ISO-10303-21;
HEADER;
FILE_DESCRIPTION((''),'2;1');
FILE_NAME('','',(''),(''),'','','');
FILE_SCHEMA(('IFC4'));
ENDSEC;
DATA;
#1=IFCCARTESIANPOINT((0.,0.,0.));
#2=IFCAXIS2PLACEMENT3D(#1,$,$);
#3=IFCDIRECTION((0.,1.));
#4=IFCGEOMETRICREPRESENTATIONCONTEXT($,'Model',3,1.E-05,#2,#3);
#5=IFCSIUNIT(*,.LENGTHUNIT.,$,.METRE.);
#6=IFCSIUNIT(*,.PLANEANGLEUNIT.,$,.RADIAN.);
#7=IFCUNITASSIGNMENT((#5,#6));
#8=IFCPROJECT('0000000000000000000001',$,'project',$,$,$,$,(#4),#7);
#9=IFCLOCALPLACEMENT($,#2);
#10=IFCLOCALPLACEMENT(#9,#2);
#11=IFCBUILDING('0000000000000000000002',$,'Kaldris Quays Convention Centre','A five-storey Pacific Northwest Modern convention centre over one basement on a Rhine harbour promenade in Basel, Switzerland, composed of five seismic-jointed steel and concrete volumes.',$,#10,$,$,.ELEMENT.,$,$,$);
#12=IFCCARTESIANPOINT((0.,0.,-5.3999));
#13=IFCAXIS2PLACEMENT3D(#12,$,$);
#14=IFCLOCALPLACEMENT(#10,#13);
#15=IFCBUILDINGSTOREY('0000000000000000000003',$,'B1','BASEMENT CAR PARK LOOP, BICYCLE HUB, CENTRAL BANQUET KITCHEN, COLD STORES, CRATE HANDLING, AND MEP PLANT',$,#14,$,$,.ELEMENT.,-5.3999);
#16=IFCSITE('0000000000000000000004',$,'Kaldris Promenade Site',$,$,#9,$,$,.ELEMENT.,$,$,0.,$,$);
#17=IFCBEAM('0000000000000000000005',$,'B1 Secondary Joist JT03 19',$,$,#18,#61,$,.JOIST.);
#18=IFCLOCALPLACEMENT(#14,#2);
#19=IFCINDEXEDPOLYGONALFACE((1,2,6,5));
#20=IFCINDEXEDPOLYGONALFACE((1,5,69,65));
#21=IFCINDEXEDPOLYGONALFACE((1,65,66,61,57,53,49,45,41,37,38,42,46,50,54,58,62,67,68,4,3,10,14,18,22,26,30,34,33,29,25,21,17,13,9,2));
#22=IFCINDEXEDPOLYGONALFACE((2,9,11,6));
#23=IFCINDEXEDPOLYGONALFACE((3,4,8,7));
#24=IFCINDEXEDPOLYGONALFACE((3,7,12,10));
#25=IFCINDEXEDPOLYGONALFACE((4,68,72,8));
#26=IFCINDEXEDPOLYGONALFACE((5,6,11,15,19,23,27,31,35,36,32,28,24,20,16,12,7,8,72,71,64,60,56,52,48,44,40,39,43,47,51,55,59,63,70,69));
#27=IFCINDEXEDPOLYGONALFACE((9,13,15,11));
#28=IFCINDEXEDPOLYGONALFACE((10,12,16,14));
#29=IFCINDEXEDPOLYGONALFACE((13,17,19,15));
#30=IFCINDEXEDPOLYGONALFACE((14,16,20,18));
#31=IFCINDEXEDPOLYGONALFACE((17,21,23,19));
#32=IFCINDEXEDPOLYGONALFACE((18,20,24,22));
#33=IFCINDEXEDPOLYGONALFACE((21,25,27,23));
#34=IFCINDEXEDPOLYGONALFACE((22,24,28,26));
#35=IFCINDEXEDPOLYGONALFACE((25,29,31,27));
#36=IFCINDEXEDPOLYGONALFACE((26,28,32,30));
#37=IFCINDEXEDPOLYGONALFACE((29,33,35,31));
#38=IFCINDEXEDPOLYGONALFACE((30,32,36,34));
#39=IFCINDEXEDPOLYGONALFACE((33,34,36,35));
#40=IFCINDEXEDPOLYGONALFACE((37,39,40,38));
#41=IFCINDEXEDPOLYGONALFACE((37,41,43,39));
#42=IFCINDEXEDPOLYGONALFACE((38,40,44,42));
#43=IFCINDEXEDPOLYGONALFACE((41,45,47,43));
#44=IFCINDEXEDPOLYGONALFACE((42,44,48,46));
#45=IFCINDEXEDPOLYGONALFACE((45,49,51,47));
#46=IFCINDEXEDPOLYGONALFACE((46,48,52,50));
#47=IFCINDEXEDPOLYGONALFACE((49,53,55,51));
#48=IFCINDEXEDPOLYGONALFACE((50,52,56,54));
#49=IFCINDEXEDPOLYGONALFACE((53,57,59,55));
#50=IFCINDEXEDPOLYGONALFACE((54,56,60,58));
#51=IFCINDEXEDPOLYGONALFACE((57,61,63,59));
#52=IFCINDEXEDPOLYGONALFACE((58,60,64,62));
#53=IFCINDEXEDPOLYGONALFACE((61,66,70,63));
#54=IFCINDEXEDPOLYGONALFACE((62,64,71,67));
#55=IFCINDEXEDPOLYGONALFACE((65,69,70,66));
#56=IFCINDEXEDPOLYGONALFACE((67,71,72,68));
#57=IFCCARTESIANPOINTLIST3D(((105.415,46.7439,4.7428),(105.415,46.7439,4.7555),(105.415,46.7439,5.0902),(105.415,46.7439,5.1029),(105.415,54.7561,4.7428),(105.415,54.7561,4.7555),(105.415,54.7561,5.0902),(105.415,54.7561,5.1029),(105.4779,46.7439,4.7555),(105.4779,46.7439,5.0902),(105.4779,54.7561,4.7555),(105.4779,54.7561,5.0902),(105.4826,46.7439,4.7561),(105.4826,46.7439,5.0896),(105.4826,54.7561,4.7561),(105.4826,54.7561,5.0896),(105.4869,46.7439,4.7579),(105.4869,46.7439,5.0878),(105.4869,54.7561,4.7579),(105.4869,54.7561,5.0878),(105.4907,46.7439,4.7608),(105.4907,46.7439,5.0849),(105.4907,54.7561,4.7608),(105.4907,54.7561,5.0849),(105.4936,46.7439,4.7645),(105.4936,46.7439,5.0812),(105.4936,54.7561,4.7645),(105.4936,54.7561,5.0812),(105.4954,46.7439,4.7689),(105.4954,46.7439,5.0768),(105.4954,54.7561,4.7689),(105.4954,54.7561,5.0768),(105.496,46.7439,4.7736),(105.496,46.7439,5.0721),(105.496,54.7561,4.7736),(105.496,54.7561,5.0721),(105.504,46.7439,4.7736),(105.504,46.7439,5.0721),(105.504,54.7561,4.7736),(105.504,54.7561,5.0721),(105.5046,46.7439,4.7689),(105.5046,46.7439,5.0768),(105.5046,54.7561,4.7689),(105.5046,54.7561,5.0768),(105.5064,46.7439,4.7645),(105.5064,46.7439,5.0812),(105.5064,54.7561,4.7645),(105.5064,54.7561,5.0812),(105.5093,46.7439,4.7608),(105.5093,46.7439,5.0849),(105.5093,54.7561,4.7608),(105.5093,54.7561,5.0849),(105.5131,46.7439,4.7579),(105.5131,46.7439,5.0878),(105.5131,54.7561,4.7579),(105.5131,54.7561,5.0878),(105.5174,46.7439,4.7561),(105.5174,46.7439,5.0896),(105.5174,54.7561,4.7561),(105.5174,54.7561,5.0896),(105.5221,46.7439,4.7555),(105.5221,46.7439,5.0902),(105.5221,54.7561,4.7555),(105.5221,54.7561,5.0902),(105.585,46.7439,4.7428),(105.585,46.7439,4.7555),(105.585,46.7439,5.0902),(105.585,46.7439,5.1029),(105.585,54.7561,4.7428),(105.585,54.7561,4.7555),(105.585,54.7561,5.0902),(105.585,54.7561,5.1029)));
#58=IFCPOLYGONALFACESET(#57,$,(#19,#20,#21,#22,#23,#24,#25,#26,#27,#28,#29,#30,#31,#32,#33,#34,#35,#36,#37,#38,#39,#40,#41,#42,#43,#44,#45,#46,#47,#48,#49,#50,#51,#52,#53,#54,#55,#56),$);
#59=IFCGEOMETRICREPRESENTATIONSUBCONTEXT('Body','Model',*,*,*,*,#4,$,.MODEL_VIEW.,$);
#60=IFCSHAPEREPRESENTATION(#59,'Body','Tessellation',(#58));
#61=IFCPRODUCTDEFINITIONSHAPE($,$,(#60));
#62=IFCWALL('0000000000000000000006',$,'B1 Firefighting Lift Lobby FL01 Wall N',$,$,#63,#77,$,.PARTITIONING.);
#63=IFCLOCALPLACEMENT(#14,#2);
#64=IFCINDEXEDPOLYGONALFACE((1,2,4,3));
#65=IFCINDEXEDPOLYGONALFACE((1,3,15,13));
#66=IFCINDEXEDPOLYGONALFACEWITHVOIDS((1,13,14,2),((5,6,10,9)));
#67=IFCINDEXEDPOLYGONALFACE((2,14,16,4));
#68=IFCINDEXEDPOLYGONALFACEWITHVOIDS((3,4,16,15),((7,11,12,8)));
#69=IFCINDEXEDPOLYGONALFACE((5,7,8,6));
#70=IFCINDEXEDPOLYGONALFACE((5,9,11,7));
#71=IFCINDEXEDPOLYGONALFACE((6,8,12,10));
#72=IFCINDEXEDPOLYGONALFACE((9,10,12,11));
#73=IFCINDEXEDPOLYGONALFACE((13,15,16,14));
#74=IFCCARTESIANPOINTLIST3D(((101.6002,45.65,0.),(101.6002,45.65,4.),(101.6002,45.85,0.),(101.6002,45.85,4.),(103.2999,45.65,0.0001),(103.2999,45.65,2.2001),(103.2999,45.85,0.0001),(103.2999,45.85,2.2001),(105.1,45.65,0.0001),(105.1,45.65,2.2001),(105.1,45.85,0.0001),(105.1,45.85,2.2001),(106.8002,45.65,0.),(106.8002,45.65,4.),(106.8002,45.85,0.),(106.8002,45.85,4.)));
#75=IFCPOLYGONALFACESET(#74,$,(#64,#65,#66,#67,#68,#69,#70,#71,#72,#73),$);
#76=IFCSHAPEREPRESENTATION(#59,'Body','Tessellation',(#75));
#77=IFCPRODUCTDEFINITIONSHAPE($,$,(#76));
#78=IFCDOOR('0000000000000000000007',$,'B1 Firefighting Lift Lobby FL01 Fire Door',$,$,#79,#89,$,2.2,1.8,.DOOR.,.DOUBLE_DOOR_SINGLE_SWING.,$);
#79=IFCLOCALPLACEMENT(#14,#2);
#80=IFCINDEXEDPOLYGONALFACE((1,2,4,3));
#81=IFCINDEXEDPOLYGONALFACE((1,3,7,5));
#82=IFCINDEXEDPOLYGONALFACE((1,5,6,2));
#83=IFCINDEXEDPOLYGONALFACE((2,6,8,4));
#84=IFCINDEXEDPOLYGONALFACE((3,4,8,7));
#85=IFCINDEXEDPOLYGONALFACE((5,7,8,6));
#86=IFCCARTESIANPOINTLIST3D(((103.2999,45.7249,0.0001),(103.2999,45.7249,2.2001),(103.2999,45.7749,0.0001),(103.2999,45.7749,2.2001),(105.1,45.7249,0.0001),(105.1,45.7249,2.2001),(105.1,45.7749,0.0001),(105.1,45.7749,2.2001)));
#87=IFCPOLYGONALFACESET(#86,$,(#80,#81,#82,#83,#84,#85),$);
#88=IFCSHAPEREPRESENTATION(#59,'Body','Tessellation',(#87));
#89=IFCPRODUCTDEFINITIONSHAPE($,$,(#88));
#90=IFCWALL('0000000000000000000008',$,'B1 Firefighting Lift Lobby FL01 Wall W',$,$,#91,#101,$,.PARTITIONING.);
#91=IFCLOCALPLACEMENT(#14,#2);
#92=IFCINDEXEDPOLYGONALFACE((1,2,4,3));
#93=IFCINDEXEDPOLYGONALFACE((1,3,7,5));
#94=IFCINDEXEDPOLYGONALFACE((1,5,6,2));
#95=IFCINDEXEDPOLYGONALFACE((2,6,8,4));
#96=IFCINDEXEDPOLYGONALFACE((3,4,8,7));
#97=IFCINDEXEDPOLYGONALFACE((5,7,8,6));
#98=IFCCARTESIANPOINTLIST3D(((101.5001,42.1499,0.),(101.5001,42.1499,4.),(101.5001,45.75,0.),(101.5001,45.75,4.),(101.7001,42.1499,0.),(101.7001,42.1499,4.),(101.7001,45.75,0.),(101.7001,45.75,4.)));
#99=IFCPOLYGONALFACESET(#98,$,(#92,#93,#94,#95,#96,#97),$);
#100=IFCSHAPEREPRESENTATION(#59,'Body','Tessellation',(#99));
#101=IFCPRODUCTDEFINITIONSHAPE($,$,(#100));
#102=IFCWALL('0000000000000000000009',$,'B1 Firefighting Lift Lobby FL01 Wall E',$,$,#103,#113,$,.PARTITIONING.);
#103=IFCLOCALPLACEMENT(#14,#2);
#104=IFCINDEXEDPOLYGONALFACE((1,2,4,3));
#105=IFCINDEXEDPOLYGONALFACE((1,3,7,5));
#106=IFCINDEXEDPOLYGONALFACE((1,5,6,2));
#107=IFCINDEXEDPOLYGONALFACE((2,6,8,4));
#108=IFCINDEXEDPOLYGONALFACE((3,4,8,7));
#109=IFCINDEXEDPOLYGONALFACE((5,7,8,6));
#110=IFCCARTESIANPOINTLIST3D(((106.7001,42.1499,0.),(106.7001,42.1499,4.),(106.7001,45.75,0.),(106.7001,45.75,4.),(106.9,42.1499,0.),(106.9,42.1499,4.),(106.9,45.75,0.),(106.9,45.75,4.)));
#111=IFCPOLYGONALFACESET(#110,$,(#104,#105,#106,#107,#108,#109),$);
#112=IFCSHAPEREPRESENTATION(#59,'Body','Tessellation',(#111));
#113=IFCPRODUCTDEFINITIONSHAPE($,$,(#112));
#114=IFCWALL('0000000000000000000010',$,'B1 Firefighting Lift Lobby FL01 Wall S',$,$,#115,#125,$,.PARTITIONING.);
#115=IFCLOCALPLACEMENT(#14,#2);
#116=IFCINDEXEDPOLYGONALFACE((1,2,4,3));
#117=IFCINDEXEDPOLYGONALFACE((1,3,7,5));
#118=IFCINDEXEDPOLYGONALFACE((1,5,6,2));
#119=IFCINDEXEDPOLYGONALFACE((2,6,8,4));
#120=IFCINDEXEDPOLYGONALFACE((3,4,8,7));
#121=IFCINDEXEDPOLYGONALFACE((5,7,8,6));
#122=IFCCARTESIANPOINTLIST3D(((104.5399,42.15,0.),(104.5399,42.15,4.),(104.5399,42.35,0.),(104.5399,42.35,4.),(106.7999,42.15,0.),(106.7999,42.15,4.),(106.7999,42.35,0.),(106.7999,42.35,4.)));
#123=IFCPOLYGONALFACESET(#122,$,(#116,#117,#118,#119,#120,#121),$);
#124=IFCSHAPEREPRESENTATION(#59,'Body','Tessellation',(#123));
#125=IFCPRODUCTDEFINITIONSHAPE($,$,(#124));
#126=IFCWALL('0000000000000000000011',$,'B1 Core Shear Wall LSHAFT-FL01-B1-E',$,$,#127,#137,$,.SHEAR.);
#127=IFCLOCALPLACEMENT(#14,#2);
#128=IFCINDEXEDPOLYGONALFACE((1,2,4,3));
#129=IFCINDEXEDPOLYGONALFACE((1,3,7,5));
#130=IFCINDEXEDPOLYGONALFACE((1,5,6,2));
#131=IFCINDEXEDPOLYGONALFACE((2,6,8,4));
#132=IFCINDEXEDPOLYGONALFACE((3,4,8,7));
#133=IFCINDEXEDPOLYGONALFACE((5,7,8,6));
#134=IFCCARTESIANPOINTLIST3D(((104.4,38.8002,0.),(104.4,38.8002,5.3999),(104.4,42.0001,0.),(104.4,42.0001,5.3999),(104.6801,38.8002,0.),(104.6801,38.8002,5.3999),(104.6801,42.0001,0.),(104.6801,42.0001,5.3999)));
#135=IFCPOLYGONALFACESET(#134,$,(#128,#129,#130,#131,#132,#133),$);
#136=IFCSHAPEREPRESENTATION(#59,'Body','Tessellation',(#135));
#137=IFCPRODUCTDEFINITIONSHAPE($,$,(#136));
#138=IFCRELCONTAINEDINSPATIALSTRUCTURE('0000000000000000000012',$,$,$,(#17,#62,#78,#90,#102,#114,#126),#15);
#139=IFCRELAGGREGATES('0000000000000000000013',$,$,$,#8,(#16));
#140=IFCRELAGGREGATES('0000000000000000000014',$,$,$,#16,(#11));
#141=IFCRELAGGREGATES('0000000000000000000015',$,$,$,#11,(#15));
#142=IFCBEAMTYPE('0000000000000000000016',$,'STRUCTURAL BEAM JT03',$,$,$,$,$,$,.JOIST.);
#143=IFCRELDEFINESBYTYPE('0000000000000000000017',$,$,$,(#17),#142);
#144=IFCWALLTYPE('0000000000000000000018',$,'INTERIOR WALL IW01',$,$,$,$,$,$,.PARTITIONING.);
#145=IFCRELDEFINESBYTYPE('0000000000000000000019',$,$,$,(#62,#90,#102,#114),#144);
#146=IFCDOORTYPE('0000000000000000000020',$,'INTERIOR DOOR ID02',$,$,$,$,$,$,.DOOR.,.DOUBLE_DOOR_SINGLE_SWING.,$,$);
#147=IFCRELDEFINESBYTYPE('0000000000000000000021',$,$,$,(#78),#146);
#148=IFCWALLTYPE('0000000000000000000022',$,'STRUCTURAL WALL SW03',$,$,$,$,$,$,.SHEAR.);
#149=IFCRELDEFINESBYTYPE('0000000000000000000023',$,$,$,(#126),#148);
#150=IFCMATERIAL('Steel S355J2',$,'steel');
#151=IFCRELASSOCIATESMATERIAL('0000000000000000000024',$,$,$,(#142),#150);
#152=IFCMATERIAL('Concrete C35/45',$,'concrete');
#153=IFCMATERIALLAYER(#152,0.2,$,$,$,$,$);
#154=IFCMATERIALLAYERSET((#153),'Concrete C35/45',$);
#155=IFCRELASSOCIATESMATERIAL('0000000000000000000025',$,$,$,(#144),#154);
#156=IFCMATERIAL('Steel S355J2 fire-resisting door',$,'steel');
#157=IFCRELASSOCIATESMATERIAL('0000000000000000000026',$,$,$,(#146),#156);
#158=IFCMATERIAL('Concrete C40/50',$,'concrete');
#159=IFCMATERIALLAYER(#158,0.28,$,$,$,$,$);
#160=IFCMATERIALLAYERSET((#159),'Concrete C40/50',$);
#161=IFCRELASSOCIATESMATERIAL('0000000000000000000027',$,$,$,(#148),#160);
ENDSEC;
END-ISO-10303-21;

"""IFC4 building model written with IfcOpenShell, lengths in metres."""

from ifc_helpers import new_model, si_unit, direction, frame, frame_2d, origin, origin_2d, place, context, subcontext, project, spatial, rectangle, i_section, extrude, material, layer, layer_set, material_profile, profile_set, type_object, element, fill, save


model = new_model("IFC4")

# Units and contexts
model_context = context("Model", 3, precision=1e-05, world=origin(), true_north=direction((0.0, 1.0)))
body_context = subcontext(model_context, "Body", "Model", "MODEL_VIEW")
ifc_project = project(units=[si_unit("LENGTHUNIT", "METRE"), si_unit("PLANEANGLEUNIT", "RADIAN")], contexts=[model_context])

# Site, building, storey
site_placement = place(None, origin())
site = spatial("IfcSite", under=ifc_project, at=site_placement, Name="Kaldris Promenade Site", CompositionType="ELEMENT", RefElevation=0.0)
building_placement = place(site_placement, origin())
building = spatial("IfcBuilding", under=site, at=building_placement, Name="Kaldris Quays Convention Centre", Description="A five-storey Pacific Northwest Modern convention centre over one basement on a Rhine harbour promenade in Basel, Switzerland, composed of five seismic-jointed steel and concrete volumes.", CompositionType="ELEMENT")
storey_placement = place(building_placement, frame((0.0, 0.0, -5.3999)))
storey = spatial("IfcBuildingStorey", under=building, at=storey_placement, Name="B1", Description="BASEMENT CAR PARK LOOP, BICYCLE HUB, CENTRAL BANQUET KITCHEN, COLD STORES, CRATE HANDLING, AND MEP PLANT", CompositionType="ELEMENT", Elevation=-5.3999)

# Shared definitions
ifc_material_1 = material(Name="Concrete C35/45", Category="concrete")

# Shared definitions
ifc_material_2 = material(Name="Steel S355J2", Category="steel")

# Beam
ifc_material_profile_1 = material_profile(ifc_material_2, i_section(OverallWidth=0.1699, OverallDepth=0.3601, WebThickness=0.0081, FlangeThickness=0.0127, FilletRadius=0.0181, at=origin_2d()), Name="IPE 360")
ifc_profile_set_1 = profile_set([ifc_material_profile_1], Name="Steel S355J2")
beam_type_1 = type_object("IfcBeamType", Name="STRUCTURAL BEAM JT03", PredefinedType="JOIST", material=ifc_profile_set_1)
beam_1_placement = place(storey_placement, frame((105.5, 46.7439, 4.9229), z_axis=(0.0, 1.0, 0.0), x_axis=(-1.0, 0.0, 0.0)))
element("IfcBeam", 1, at=beam_1_placement, inside=storey, type_object=beam_type_1, Name="B1 Secondary Joist JT03 19", PredefinedType="JOIST", context=body_context, shape_type="SweptSolid", body=[
    extrude(i_section(OverallWidth=0.1699, OverallDepth=0.3601, WebThickness=0.0081, FlangeThickness=0.0127, FilletRadius=0.0181, at=origin_2d()), origin(), (0.0, 0.0, 1.0), 8.0122),
])

# Wall, opening, door
ifc_layer_1 = layer(ifc_material_1, 0.2)
ifc_layer_set_1 = layer_set([ifc_layer_1], Name="Concrete C35/45")
wall_type_1 = type_object("IfcWallType", Name="INTERIOR WALL IW01", PredefinedType="PARTITIONING", material=ifc_layer_set_1)
wall_1_placement = place(storey_placement, frame((101.6001, 45.75, 0.0), z_axis=(0.0, 0.0, 1.0), x_axis=(1.0, 0.0, 0.0)))
wall_1 = element("IfcWall", 2, at=wall_1_placement, inside=storey, type_object=wall_type_1, Name="B1 Firefighting Lift Lobby FL01 Wall N", PredefinedType="PARTITIONING", context=body_context, shape_type="SweptSolid", body=[
    extrude(rectangle(XDim=5.2, YDim=0.2, at=frame_2d((2.6001, 0.0))), origin(), (0.0, 0.0, 1.0), 4.0),
])
opening_1_placement = place(wall_1_placement, frame((1.7, 0.0, 0.0)))
opening_1 = element("IfcOpeningElement", 3, at=opening_1_placement, cuts=wall_1, PredefinedType="OPENING", context=body_context, shape_type="SweptSolid", body=[
    extrude(rectangle(XDim=1.8, YDim=2.2, at=frame_2d((0.8999, 1.1001))), frame((0.0, 0.1099, 0.0), z_axis=(0.0, -1.0, 0.0), x_axis=(1.0, 0.0, 0.0)), (0.0, 0.0, 1.0), 0.22),
])
ifc_material_3 = material(Name="Steel S355J2 fire-resisting door", Category="steel")
door_type_1 = type_object("IfcDoorType", Name="INTERIOR DOOR ID02", OperationType="DOUBLE_DOOR_SINGLE_SWING", PredefinedType="DOOR", material=ifc_material_3)
door_1_placement = place(opening_1_placement, origin())
door_1 = element("IfcDoor", 4, at=door_1_placement, inside=storey, type_object=door_type_1, Name="B1 Firefighting Lift Lobby FL01 Fire Door", OperationType="DOUBLE_DOOR_SINGLE_SWING", OverallHeight=2.2, OverallWidth=1.8, PredefinedType="DOOR", context=body_context, shape_type="SweptSolid", body=[
    extrude(rectangle(XDim=1.8, YDim=2.2, at=frame_2d((0.8999, 1.1001))), frame((0.0, 0.0249, 0.0), z_axis=(0.0, -1.0, 0.0), x_axis=(1.0, 0.0, 0.0)), (0.0, 0.0, 1.0), 0.05),
])
fill(opening_1, door_1)

# Walls
for number, where, z_axis, x_axis, name in (
    (5, (101.6001, 42.1499, 0.0), (0.0, 0.0, 1.0), (0.0, 1.0, 0.0), "B1 Firefighting Lift Lobby FL01 Wall W"),
    (6, (106.8, 42.1499, 0.0), (0.0, 0.0, 1.0), (0.0, 1.0, 0.0), "B1 Firefighting Lift Lobby FL01 Wall E"),
):
    element("IfcWall", number, at=place(storey_placement, frame(where, z_axis=z_axis, x_axis=x_axis)), inside=storey, type_object=wall_type_1, Name=name, PredefinedType="PARTITIONING", context=body_context, shape_type="SweptSolid", body=[
        extrude(rectangle(XDim=3.6001, YDim=0.2, at=frame_2d((1.8, 0.0))), origin(), (0.0, 0.0, 1.0), 4.0),
    ])
wall_2_placement = place(storey_placement, frame((104.54, 42.25, 0.0), z_axis=(0.0, 0.0, 1.0), x_axis=(1.0, 0.0, 0.0)))
element("IfcWall", 7, at=wall_2_placement, inside=storey, type_object=wall_type_1, Name="B1 Firefighting Lift Lobby FL01 Wall S", PredefinedType="PARTITIONING", context=body_context, shape_type="SweptSolid", body=[
    extrude(rectangle(XDim=2.26, YDim=0.2, at=frame_2d((1.1299, 0.0))), origin(), (0.0, 0.0, 1.0), 4.0),
])

# Shared definitions
ifc_material_4 = material(Name="Concrete C40/50", Category="concrete")
ifc_layer_2 = layer(ifc_material_4, 0.28)
ifc_layer_set_2 = layer_set([ifc_layer_2], Name="Concrete C40/50")
wall_type_2 = type_object("IfcWallType", Name="STRUCTURAL WALL SW03", PredefinedType="SHEAR", material=ifc_layer_set_2)

# Wall
wall_3_placement = place(storey_placement, frame((104.54, 38.8, 0.0), z_axis=(0.0, 0.0, 1.0), x_axis=(0.0, 1.0, 0.0)))
element("IfcWall", 8, at=wall_3_placement, inside=storey, type_object=wall_type_2, Name="B1 Core Shear Wall LSHAFT-FL01-B1-E", PredefinedType="SHEAR", context=body_context, shape_type="SweptSolid", body=[
    extrude(rectangle(XDim=3.2, YDim=0.28, at=frame_2d((1.6001, 0.0))), origin(), (0.0, 0.0, 1.0), 5.3999),
])

save(model, "model.ifc")
